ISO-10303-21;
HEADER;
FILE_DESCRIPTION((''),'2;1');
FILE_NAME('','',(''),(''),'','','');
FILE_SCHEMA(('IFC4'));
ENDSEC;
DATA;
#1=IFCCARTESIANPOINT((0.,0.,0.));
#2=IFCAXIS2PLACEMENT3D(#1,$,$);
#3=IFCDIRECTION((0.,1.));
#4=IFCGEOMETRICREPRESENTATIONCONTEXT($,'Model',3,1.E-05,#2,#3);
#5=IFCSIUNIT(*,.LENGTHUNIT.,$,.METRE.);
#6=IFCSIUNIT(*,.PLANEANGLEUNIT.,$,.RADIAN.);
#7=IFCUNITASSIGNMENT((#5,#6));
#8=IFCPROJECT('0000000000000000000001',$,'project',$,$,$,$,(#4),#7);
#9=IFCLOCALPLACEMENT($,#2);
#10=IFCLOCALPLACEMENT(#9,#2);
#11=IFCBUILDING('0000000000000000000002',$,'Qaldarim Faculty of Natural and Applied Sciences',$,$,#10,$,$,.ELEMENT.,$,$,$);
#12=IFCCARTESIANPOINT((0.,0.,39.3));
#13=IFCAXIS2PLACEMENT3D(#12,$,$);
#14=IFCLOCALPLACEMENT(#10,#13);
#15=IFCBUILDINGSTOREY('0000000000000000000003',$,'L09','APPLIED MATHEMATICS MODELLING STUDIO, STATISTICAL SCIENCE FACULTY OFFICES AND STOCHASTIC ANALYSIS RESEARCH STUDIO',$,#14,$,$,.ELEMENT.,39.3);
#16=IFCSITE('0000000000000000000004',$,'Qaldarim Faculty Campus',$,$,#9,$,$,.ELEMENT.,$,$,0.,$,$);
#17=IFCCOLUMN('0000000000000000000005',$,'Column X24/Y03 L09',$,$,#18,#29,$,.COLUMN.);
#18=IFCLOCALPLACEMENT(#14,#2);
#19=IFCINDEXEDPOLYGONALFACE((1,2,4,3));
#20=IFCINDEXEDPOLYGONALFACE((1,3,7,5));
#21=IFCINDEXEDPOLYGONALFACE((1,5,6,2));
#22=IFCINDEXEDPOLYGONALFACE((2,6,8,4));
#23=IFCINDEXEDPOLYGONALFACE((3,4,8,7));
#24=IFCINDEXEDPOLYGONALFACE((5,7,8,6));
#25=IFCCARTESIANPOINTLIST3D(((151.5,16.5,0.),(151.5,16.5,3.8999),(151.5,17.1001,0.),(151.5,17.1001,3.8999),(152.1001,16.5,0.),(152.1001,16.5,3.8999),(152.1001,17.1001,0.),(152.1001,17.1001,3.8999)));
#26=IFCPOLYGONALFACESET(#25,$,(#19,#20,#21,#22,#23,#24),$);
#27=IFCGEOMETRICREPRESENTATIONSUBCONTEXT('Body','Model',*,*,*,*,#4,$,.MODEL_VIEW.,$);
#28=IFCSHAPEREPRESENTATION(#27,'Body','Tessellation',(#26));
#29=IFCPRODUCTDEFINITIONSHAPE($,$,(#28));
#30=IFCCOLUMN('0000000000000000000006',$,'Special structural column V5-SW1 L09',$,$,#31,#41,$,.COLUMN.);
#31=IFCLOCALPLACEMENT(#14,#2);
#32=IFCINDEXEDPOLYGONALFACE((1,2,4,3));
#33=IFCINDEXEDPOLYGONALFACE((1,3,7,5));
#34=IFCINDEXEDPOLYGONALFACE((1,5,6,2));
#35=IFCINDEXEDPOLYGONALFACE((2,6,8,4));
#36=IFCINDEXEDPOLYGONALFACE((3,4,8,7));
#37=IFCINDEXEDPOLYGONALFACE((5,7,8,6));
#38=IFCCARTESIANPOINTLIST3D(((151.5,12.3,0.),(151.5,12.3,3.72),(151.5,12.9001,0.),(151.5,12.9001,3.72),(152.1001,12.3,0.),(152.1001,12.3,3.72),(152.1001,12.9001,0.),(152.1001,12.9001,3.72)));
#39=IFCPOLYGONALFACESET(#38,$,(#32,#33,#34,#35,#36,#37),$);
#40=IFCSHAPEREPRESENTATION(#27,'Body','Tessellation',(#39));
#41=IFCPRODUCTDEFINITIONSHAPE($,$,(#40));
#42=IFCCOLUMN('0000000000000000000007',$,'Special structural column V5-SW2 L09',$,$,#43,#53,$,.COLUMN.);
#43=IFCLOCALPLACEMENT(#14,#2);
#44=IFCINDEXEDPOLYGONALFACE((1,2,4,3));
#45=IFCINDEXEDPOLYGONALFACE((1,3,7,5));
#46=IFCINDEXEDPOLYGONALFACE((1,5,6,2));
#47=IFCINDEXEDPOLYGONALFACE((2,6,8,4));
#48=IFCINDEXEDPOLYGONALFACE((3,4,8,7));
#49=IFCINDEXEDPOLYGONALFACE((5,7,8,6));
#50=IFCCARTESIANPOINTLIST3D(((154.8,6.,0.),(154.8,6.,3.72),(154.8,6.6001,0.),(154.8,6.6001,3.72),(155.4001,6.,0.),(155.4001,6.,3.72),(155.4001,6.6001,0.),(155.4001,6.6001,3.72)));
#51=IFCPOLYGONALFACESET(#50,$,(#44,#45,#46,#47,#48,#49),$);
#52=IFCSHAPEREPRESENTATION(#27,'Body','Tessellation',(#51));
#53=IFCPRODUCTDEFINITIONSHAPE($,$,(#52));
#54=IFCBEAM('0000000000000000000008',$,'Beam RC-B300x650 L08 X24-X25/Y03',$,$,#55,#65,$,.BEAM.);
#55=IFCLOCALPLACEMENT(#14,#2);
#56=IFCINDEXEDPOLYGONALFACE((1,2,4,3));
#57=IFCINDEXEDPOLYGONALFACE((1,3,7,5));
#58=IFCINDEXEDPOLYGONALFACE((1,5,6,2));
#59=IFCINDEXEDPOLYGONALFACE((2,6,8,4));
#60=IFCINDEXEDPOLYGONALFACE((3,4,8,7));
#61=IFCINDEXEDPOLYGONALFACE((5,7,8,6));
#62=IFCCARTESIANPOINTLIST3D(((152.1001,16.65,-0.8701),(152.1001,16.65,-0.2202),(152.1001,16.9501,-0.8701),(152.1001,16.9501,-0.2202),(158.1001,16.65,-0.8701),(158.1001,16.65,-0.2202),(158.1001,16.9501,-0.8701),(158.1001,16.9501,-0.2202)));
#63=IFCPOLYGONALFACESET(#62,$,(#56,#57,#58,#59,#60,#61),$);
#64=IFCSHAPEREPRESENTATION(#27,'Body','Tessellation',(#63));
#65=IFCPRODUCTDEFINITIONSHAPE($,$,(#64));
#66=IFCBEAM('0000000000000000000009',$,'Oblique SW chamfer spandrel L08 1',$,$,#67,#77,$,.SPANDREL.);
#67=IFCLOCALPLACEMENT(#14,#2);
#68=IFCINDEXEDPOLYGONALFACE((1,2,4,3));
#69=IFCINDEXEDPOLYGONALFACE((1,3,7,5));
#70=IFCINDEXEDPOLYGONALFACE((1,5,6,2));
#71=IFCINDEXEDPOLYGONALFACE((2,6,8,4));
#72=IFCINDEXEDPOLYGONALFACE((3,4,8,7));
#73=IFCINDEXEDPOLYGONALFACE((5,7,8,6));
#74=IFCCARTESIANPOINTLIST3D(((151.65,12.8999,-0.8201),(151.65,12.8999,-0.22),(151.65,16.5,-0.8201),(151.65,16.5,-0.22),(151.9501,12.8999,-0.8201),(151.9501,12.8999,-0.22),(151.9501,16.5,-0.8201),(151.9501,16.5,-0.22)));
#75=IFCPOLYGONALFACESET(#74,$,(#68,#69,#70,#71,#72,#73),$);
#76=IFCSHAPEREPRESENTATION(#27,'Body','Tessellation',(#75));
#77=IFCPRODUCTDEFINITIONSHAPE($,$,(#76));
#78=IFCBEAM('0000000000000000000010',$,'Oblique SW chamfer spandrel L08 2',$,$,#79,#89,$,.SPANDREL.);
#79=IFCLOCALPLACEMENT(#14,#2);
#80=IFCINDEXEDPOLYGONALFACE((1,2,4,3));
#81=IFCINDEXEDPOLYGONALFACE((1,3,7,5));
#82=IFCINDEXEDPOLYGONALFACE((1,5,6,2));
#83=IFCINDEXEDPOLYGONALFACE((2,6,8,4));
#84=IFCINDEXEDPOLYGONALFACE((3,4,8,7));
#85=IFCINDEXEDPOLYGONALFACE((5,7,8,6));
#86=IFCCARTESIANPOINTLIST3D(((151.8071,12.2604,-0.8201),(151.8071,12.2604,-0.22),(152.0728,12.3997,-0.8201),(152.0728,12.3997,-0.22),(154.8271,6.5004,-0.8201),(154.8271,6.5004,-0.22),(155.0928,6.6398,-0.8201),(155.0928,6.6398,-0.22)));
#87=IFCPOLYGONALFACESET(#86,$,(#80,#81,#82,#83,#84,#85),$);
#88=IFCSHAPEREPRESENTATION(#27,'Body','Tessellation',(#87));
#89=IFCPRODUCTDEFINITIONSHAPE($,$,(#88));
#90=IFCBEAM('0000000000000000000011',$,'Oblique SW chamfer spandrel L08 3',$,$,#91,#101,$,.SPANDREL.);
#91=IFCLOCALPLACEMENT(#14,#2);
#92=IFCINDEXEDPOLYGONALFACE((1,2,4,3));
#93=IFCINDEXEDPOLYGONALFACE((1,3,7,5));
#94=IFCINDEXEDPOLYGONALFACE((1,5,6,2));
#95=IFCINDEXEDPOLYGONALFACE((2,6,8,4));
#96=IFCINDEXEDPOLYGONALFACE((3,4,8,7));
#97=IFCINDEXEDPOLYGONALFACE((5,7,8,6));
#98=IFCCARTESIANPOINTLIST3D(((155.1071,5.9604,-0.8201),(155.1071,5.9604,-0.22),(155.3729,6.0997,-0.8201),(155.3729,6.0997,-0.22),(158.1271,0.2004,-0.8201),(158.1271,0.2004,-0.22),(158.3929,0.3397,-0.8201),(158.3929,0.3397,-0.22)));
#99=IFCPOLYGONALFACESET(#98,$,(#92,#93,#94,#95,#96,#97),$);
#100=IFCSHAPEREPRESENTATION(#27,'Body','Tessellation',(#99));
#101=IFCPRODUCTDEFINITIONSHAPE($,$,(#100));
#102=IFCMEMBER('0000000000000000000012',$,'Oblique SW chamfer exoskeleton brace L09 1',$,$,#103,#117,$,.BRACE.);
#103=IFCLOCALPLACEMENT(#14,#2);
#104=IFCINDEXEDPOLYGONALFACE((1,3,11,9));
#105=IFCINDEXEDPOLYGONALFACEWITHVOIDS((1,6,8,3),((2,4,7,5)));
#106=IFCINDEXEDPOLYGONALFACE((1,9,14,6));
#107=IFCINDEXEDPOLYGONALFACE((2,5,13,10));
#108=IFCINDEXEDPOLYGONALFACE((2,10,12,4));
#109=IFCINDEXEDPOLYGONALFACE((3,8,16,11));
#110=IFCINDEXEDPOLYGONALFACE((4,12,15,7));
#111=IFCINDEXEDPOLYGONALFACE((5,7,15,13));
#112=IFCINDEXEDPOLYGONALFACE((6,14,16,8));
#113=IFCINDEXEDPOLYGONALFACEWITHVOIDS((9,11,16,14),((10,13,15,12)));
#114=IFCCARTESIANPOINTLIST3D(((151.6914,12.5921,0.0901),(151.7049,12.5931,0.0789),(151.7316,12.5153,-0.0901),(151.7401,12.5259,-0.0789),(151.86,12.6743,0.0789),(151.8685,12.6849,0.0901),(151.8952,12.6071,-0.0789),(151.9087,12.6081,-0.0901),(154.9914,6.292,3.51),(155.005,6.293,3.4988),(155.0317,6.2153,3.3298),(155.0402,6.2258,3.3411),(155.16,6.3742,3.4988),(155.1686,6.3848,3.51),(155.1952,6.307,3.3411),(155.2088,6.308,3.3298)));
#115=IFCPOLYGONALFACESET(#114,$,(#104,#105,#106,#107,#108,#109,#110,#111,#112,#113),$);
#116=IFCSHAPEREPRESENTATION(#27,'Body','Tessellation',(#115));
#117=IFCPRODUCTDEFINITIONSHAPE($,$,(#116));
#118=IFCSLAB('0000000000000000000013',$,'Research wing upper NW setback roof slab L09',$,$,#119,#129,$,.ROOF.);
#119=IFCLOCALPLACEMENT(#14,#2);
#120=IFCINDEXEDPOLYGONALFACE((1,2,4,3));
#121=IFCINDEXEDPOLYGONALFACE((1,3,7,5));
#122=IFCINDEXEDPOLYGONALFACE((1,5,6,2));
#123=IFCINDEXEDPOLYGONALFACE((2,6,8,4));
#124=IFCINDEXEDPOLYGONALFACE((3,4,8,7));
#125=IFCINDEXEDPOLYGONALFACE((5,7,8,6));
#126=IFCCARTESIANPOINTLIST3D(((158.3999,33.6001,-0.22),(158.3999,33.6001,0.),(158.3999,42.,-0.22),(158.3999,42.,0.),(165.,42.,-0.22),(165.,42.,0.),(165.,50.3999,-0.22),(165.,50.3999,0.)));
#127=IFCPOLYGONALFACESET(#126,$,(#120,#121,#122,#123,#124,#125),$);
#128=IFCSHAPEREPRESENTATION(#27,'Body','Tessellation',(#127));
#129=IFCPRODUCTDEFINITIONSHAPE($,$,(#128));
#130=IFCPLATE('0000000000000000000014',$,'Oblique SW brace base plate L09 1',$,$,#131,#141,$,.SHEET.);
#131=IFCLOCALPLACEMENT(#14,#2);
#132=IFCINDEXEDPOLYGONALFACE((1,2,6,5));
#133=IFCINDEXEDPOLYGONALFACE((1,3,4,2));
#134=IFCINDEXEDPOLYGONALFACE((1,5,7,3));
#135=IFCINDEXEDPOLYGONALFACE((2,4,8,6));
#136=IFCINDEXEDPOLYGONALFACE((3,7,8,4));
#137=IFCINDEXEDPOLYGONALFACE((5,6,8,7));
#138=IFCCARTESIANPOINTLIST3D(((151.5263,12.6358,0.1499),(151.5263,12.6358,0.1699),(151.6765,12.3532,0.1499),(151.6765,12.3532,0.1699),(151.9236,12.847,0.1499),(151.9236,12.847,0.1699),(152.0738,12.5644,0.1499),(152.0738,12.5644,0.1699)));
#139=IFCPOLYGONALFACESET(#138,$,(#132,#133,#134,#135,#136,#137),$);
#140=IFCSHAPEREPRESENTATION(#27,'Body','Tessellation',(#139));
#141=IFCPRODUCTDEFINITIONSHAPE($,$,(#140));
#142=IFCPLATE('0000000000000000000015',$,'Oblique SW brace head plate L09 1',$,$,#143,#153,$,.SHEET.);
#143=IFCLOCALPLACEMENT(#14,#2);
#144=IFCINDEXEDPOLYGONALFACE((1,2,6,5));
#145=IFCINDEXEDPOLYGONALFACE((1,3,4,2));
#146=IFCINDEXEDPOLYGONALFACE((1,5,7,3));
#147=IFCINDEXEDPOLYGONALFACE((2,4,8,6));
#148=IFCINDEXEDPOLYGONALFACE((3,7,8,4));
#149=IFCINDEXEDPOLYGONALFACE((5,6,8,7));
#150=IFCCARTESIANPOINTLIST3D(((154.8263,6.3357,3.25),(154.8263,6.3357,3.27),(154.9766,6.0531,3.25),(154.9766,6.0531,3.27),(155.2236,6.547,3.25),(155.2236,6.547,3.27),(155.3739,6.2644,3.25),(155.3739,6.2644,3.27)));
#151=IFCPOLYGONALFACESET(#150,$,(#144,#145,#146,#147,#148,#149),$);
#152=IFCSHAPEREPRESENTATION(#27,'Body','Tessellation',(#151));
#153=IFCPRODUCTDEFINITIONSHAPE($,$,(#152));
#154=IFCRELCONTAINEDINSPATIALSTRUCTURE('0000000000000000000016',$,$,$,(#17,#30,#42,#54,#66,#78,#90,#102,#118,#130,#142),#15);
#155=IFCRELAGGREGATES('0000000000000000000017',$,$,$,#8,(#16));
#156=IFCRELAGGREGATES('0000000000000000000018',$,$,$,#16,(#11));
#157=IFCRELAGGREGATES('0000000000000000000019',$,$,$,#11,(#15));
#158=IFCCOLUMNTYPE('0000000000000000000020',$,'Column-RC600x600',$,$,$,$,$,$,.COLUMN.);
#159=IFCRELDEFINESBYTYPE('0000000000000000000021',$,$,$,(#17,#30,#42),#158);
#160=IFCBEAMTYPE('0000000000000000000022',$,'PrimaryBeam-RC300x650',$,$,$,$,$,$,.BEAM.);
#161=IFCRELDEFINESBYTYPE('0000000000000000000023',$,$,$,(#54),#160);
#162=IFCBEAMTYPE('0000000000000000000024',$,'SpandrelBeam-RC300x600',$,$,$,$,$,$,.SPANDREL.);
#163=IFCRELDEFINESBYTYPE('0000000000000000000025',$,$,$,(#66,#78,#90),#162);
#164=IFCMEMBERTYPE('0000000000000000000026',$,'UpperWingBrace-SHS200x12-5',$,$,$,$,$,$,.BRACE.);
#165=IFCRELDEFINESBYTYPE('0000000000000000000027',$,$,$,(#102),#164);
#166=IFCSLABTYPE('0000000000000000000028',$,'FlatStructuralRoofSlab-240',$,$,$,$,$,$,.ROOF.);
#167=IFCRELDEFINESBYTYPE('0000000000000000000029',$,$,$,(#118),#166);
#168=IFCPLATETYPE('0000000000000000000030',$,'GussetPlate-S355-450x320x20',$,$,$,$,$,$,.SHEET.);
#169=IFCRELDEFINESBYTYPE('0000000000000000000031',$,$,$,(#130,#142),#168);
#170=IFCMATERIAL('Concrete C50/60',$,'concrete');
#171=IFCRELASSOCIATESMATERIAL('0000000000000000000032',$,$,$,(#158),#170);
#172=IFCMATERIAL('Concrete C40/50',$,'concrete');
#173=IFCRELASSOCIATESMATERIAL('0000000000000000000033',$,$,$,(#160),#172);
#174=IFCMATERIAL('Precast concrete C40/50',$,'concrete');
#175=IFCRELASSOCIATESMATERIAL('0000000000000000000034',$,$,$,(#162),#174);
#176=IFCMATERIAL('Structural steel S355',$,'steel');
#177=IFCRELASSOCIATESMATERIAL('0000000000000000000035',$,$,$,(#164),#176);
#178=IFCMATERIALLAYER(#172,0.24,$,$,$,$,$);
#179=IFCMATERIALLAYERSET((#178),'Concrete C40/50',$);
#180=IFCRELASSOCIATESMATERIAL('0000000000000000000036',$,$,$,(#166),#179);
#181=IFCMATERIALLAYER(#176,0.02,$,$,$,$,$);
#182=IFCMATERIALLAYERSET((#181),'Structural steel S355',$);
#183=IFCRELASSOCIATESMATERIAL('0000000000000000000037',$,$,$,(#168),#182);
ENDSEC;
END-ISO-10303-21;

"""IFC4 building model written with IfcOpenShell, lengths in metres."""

from ifc_helpers import new_model, si_unit, direction, frame, origin, origin_2d, place, context, subcontext, project, spatial, polyline, rectangle, hollow_rectangle, outline, extrude, material, layer, layer_set, material_profile, profile_set, type_object, element, save


model = new_model("IFC4")

# Units and contexts
model_context = context("Model", 3, precision=1e-05, world=origin(), true_north=direction((0.0, 1.0)))
body_context = subcontext(model_context, "Body", "Model", "MODEL_VIEW")
ifc_project = project(units=[si_unit("LENGTHUNIT", "METRE"), si_unit("PLANEANGLEUNIT", "RADIAN")], contexts=[model_context])

# Site, building, storey
site_placement = place(None, origin())
site = spatial("IfcSite", under=ifc_project, at=site_placement, Name="Qaldarim Faculty Campus", CompositionType="ELEMENT", RefElevation=0.0)
building_placement = place(site_placement, origin())
building = spatial("IfcBuilding", under=site, at=building_placement, Name="Qaldarim Faculty of Natural and Applied Sciences", CompositionType="ELEMENT")
storey_placement = place(building_placement, frame((0.0, 0.0, 39.3)))
storey = spatial("IfcBuildingStorey", under=building, at=storey_placement, Name="L09", Description="APPLIED MATHEMATICS MODELLING STUDIO, STATISTICAL SCIENCE FACULTY OFFICES AND STOCHASTIC ANALYSIS RESEARCH STUDIO", CompositionType="ELEMENT", Elevation=39.3)

# Columns
ifc_material_1 = material(Name="Concrete C50/60", Category="concrete")
ifc_material_profile_1 = material_profile(ifc_material_1, rectangle(XDim=0.6001, YDim=0.6001, at=origin_2d()), Name="RC-C600x600")
ifc_profile_set_1 = profile_set([ifc_material_profile_1], Name="Concrete C50/60")
column_type = type_object("IfcColumnType", Name="Column-RC600x600", PredefinedType="COLUMN", material=ifc_profile_set_1)
column_placement = place(storey_placement, frame((151.8, 16.8, 0.0), z_axis=(0.0, 0.0, 1.0), x_axis=(1.0, 0.0, 0.0)))
element("IfcColumn", 1, at=column_placement, inside=storey, type_object=column_type, Name="Column X24/Y03 L09", PredefinedType="COLUMN", context=body_context, shape_type="SweptSolid", body=[
    extrude(rectangle(XDim=0.6001, YDim=0.6001, at=origin_2d()), origin(), (0.0, 0.0, 1.0), 3.8999),
])
for number, where, z_axis, x_axis, name in (
    (2, (151.8, 12.6001, 0.0), (0.0, 0.0, 1.0), (1.0, 0.0, 0.0), "Special structural column V5-SW1 L09"),
    (3, (155.1001, 6.3, 0.0), (0.0, 0.0, 1.0), (1.0, 0.0, 0.0), "Special structural column V5-SW2 L09"),
):
    element("IfcColumn", number, at=place(storey_placement, frame(where, z_axis=z_axis, x_axis=x_axis)), inside=storey, type_object=column_type, Name=name, PredefinedType="COLUMN", context=body_context, shape_type="SweptSolid", body=[
        extrude(rectangle(XDim=0.6001, YDim=0.6001, at=origin_2d()), origin(), (0.0, 0.0, 1.0), 3.72),
    ])

# Beams
ifc_material_2 = material(Name="Concrete C40/50", Category="concrete")
ifc_material_profile_2 = material_profile(ifc_material_2, rectangle(XDim=0.3, YDim=0.6499, at=origin_2d()), Name="RC-B300x650")
ifc_profile_set_2 = profile_set([ifc_material_profile_2], Name="Concrete C40/50")
beam_type_1 = type_object("IfcBeamType", Name="PrimaryBeam-RC300x650", PredefinedType="BEAM", material=ifc_profile_set_2)
beam_1_placement = place(storey_placement, frame((152.1001, 16.8, -0.5452), z_axis=(1.0, 0.0, 0.0), x_axis=(0.0, 1.0, 0.0)))
element("IfcBeam", 4, at=beam_1_placement, inside=storey, type_object=beam_type_1, Name="Beam RC-B300x650 L08 X24-X25/Y03", PredefinedType="BEAM", context=body_context, shape_type="SweptSolid", body=[
    extrude(rectangle(XDim=0.3, YDim=0.6499, at=origin_2d()), origin(), (0.0, 0.0, 1.0), 6.0),
])
ifc_material_3 = material(Name="Precast concrete C40/50", Category="concrete")
ifc_material_profile_3 = material_profile(ifc_material_3, rectangle(XDim=0.3, YDim=0.6001, at=origin_2d()), Name="RC-SP300x600")
ifc_profile_set_3 = profile_set([ifc_material_profile_3], Name="Precast concrete C40/50")
beam_type_2 = type_object("IfcBeamType", Name="SpandrelBeam-RC300x600", PredefinedType="SPANDREL", material=ifc_profile_set_3)
beam_2_placement = place(storey_placement, frame((151.8, 16.5, -0.52), z_axis=(0.0, -1.0, 0.0), x_axis=(1.0, 0.0, 0.0)))
element("IfcBeam", 5, at=beam_2_placement, inside=storey, type_object=beam_type_2, Name="Oblique SW chamfer spandrel L08 1", PredefinedType="SPANDREL", context=body_context, shape_type="SweptSolid", body=[
    extrude(rectangle(XDim=0.3, YDim=0.6001, at=origin_2d()), origin(), (0.0, 0.0, 1.0), 3.6001),
])
for number, where, z_axis, x_axis, name in (
    (6, (151.9399, 12.3301, -0.52), (0.464353, -0.88565, 0.0), (0.88565, 0.464353, 0.0), "Oblique SW chamfer spandrel L08 2"),
    (7, (155.24, 6.03, -0.52), (0.464353, -0.88565, 0.0), (0.88565, 0.464353, 0.0), "Oblique SW chamfer spandrel L08 3"),
):
    element("IfcBeam", number, at=place(storey_placement, frame(where, z_axis=z_axis, x_axis=x_axis)), inside=storey, type_object=beam_type_2, Name=name, PredefinedType="SPANDREL", context=body_context, shape_type="SweptSolid", body=[
        extrude(rectangle(XDim=0.3, YDim=0.6001, at=origin_2d()), origin(), (0.0, 0.0, 1.0), 6.5037),
    ])

# Member
ifc_material_4 = material(Name="Structural steel S355", Category="steel")
ifc_material_profile_4 = material_profile(ifc_material_4, hollow_rectangle(XDim=0.2, YDim=0.2, WallThickness=0.0125, at=origin_2d()), Name="SHS 200x200x12.5")
ifc_profile_set_4 = profile_set([ifc_material_profile_4], Name="Structural steel S355")
member_type = type_object("IfcMemberType", Name="UpperWingBrace-SHS200x12-5", PredefinedType="BRACE", material=ifc_profile_set_4)
member_placement = place(storey_placement, frame((151.8, 12.6001, 0.0), z_axis=(0.418174, -0.798327, 0.433364), x_axis=(0.88583, 0.46401, 0.0)))
element("IfcMember", 8, at=member_placement, inside=storey, type_object=member_type, Name="Oblique SW chamfer exoskeleton brace L09 1", PredefinedType="BRACE", context=body_context, shape_type="SweptSolid", body=[
    extrude(hollow_rectangle(XDim=0.2, YDim=0.2, WallThickness=0.0125, at=origin_2d()), origin(), (0.0, 0.0, 1.0), 7.8916),
])

# Slab
ifc_layer_1 = layer(ifc_material_2, 0.24)
ifc_layer_set_1 = layer_set([ifc_layer_1], Name="Concrete C40/50")
slab_type_1 = type_object("IfcSlabType", Name="FlatStructuralRoofSlab-240", PredefinedType="ROOF", material=ifc_layer_set_1)
slab_1_placement = place(storey_placement, frame((0.0, 0.0, -0.22)))
element("IfcSlab", 9, at=slab_1_placement, inside=storey, type_object=slab_type_1, Name="Research wing upper NW setback roof slab L09", PredefinedType="ROOF", context=body_context, shape_type="SweptSolid", body=[
    extrude(outline(polyline([(158.3999, 33.6001), (165.0, 42.0), (165.0, 50.3999), (158.3999, 42.0), (158.3999, 33.6001)])), origin(), (0.0, 0.0, 1.0), 0.22),
])

# Plates
ifc_layer_2 = layer(ifc_material_4, 0.02)
ifc_layer_set_2 = layer_set([ifc_layer_2], Name="Structural steel S355")
plate_type = type_object("IfcPlateType", Name="GussetPlate-S355-450x320x20", PredefinedType="SHEET", material=ifc_layer_set_2)
for number, where, z_axis, x_axis, name in (
    (10, (151.8, 12.6001, 0.1499), (0.0, 0.0, 1.0), (0.882948, 0.469472, 0.0), "Oblique SW brace base plate L09 1"),
    (11, (155.1001, 6.3, 3.25), (0.0, 0.0, 1.0), (0.882948, 0.469472, 0.0), "Oblique SW brace head plate L09 1"),
):
    element("IfcPlate", number, at=place(storey_placement, frame(where, z_axis=z_axis, x_axis=x_axis)), inside=storey, type_object=plate_type, Name=name, PredefinedType="SHEET", context=body_context, shape_type="SweptSolid", body=[
        extrude(rectangle(XDim=0.45, YDim=0.3201, at=origin_2d()), origin(), (0.0, 0.0, 1.0), 0.02),
    ])

save(model, "model.ifc")
